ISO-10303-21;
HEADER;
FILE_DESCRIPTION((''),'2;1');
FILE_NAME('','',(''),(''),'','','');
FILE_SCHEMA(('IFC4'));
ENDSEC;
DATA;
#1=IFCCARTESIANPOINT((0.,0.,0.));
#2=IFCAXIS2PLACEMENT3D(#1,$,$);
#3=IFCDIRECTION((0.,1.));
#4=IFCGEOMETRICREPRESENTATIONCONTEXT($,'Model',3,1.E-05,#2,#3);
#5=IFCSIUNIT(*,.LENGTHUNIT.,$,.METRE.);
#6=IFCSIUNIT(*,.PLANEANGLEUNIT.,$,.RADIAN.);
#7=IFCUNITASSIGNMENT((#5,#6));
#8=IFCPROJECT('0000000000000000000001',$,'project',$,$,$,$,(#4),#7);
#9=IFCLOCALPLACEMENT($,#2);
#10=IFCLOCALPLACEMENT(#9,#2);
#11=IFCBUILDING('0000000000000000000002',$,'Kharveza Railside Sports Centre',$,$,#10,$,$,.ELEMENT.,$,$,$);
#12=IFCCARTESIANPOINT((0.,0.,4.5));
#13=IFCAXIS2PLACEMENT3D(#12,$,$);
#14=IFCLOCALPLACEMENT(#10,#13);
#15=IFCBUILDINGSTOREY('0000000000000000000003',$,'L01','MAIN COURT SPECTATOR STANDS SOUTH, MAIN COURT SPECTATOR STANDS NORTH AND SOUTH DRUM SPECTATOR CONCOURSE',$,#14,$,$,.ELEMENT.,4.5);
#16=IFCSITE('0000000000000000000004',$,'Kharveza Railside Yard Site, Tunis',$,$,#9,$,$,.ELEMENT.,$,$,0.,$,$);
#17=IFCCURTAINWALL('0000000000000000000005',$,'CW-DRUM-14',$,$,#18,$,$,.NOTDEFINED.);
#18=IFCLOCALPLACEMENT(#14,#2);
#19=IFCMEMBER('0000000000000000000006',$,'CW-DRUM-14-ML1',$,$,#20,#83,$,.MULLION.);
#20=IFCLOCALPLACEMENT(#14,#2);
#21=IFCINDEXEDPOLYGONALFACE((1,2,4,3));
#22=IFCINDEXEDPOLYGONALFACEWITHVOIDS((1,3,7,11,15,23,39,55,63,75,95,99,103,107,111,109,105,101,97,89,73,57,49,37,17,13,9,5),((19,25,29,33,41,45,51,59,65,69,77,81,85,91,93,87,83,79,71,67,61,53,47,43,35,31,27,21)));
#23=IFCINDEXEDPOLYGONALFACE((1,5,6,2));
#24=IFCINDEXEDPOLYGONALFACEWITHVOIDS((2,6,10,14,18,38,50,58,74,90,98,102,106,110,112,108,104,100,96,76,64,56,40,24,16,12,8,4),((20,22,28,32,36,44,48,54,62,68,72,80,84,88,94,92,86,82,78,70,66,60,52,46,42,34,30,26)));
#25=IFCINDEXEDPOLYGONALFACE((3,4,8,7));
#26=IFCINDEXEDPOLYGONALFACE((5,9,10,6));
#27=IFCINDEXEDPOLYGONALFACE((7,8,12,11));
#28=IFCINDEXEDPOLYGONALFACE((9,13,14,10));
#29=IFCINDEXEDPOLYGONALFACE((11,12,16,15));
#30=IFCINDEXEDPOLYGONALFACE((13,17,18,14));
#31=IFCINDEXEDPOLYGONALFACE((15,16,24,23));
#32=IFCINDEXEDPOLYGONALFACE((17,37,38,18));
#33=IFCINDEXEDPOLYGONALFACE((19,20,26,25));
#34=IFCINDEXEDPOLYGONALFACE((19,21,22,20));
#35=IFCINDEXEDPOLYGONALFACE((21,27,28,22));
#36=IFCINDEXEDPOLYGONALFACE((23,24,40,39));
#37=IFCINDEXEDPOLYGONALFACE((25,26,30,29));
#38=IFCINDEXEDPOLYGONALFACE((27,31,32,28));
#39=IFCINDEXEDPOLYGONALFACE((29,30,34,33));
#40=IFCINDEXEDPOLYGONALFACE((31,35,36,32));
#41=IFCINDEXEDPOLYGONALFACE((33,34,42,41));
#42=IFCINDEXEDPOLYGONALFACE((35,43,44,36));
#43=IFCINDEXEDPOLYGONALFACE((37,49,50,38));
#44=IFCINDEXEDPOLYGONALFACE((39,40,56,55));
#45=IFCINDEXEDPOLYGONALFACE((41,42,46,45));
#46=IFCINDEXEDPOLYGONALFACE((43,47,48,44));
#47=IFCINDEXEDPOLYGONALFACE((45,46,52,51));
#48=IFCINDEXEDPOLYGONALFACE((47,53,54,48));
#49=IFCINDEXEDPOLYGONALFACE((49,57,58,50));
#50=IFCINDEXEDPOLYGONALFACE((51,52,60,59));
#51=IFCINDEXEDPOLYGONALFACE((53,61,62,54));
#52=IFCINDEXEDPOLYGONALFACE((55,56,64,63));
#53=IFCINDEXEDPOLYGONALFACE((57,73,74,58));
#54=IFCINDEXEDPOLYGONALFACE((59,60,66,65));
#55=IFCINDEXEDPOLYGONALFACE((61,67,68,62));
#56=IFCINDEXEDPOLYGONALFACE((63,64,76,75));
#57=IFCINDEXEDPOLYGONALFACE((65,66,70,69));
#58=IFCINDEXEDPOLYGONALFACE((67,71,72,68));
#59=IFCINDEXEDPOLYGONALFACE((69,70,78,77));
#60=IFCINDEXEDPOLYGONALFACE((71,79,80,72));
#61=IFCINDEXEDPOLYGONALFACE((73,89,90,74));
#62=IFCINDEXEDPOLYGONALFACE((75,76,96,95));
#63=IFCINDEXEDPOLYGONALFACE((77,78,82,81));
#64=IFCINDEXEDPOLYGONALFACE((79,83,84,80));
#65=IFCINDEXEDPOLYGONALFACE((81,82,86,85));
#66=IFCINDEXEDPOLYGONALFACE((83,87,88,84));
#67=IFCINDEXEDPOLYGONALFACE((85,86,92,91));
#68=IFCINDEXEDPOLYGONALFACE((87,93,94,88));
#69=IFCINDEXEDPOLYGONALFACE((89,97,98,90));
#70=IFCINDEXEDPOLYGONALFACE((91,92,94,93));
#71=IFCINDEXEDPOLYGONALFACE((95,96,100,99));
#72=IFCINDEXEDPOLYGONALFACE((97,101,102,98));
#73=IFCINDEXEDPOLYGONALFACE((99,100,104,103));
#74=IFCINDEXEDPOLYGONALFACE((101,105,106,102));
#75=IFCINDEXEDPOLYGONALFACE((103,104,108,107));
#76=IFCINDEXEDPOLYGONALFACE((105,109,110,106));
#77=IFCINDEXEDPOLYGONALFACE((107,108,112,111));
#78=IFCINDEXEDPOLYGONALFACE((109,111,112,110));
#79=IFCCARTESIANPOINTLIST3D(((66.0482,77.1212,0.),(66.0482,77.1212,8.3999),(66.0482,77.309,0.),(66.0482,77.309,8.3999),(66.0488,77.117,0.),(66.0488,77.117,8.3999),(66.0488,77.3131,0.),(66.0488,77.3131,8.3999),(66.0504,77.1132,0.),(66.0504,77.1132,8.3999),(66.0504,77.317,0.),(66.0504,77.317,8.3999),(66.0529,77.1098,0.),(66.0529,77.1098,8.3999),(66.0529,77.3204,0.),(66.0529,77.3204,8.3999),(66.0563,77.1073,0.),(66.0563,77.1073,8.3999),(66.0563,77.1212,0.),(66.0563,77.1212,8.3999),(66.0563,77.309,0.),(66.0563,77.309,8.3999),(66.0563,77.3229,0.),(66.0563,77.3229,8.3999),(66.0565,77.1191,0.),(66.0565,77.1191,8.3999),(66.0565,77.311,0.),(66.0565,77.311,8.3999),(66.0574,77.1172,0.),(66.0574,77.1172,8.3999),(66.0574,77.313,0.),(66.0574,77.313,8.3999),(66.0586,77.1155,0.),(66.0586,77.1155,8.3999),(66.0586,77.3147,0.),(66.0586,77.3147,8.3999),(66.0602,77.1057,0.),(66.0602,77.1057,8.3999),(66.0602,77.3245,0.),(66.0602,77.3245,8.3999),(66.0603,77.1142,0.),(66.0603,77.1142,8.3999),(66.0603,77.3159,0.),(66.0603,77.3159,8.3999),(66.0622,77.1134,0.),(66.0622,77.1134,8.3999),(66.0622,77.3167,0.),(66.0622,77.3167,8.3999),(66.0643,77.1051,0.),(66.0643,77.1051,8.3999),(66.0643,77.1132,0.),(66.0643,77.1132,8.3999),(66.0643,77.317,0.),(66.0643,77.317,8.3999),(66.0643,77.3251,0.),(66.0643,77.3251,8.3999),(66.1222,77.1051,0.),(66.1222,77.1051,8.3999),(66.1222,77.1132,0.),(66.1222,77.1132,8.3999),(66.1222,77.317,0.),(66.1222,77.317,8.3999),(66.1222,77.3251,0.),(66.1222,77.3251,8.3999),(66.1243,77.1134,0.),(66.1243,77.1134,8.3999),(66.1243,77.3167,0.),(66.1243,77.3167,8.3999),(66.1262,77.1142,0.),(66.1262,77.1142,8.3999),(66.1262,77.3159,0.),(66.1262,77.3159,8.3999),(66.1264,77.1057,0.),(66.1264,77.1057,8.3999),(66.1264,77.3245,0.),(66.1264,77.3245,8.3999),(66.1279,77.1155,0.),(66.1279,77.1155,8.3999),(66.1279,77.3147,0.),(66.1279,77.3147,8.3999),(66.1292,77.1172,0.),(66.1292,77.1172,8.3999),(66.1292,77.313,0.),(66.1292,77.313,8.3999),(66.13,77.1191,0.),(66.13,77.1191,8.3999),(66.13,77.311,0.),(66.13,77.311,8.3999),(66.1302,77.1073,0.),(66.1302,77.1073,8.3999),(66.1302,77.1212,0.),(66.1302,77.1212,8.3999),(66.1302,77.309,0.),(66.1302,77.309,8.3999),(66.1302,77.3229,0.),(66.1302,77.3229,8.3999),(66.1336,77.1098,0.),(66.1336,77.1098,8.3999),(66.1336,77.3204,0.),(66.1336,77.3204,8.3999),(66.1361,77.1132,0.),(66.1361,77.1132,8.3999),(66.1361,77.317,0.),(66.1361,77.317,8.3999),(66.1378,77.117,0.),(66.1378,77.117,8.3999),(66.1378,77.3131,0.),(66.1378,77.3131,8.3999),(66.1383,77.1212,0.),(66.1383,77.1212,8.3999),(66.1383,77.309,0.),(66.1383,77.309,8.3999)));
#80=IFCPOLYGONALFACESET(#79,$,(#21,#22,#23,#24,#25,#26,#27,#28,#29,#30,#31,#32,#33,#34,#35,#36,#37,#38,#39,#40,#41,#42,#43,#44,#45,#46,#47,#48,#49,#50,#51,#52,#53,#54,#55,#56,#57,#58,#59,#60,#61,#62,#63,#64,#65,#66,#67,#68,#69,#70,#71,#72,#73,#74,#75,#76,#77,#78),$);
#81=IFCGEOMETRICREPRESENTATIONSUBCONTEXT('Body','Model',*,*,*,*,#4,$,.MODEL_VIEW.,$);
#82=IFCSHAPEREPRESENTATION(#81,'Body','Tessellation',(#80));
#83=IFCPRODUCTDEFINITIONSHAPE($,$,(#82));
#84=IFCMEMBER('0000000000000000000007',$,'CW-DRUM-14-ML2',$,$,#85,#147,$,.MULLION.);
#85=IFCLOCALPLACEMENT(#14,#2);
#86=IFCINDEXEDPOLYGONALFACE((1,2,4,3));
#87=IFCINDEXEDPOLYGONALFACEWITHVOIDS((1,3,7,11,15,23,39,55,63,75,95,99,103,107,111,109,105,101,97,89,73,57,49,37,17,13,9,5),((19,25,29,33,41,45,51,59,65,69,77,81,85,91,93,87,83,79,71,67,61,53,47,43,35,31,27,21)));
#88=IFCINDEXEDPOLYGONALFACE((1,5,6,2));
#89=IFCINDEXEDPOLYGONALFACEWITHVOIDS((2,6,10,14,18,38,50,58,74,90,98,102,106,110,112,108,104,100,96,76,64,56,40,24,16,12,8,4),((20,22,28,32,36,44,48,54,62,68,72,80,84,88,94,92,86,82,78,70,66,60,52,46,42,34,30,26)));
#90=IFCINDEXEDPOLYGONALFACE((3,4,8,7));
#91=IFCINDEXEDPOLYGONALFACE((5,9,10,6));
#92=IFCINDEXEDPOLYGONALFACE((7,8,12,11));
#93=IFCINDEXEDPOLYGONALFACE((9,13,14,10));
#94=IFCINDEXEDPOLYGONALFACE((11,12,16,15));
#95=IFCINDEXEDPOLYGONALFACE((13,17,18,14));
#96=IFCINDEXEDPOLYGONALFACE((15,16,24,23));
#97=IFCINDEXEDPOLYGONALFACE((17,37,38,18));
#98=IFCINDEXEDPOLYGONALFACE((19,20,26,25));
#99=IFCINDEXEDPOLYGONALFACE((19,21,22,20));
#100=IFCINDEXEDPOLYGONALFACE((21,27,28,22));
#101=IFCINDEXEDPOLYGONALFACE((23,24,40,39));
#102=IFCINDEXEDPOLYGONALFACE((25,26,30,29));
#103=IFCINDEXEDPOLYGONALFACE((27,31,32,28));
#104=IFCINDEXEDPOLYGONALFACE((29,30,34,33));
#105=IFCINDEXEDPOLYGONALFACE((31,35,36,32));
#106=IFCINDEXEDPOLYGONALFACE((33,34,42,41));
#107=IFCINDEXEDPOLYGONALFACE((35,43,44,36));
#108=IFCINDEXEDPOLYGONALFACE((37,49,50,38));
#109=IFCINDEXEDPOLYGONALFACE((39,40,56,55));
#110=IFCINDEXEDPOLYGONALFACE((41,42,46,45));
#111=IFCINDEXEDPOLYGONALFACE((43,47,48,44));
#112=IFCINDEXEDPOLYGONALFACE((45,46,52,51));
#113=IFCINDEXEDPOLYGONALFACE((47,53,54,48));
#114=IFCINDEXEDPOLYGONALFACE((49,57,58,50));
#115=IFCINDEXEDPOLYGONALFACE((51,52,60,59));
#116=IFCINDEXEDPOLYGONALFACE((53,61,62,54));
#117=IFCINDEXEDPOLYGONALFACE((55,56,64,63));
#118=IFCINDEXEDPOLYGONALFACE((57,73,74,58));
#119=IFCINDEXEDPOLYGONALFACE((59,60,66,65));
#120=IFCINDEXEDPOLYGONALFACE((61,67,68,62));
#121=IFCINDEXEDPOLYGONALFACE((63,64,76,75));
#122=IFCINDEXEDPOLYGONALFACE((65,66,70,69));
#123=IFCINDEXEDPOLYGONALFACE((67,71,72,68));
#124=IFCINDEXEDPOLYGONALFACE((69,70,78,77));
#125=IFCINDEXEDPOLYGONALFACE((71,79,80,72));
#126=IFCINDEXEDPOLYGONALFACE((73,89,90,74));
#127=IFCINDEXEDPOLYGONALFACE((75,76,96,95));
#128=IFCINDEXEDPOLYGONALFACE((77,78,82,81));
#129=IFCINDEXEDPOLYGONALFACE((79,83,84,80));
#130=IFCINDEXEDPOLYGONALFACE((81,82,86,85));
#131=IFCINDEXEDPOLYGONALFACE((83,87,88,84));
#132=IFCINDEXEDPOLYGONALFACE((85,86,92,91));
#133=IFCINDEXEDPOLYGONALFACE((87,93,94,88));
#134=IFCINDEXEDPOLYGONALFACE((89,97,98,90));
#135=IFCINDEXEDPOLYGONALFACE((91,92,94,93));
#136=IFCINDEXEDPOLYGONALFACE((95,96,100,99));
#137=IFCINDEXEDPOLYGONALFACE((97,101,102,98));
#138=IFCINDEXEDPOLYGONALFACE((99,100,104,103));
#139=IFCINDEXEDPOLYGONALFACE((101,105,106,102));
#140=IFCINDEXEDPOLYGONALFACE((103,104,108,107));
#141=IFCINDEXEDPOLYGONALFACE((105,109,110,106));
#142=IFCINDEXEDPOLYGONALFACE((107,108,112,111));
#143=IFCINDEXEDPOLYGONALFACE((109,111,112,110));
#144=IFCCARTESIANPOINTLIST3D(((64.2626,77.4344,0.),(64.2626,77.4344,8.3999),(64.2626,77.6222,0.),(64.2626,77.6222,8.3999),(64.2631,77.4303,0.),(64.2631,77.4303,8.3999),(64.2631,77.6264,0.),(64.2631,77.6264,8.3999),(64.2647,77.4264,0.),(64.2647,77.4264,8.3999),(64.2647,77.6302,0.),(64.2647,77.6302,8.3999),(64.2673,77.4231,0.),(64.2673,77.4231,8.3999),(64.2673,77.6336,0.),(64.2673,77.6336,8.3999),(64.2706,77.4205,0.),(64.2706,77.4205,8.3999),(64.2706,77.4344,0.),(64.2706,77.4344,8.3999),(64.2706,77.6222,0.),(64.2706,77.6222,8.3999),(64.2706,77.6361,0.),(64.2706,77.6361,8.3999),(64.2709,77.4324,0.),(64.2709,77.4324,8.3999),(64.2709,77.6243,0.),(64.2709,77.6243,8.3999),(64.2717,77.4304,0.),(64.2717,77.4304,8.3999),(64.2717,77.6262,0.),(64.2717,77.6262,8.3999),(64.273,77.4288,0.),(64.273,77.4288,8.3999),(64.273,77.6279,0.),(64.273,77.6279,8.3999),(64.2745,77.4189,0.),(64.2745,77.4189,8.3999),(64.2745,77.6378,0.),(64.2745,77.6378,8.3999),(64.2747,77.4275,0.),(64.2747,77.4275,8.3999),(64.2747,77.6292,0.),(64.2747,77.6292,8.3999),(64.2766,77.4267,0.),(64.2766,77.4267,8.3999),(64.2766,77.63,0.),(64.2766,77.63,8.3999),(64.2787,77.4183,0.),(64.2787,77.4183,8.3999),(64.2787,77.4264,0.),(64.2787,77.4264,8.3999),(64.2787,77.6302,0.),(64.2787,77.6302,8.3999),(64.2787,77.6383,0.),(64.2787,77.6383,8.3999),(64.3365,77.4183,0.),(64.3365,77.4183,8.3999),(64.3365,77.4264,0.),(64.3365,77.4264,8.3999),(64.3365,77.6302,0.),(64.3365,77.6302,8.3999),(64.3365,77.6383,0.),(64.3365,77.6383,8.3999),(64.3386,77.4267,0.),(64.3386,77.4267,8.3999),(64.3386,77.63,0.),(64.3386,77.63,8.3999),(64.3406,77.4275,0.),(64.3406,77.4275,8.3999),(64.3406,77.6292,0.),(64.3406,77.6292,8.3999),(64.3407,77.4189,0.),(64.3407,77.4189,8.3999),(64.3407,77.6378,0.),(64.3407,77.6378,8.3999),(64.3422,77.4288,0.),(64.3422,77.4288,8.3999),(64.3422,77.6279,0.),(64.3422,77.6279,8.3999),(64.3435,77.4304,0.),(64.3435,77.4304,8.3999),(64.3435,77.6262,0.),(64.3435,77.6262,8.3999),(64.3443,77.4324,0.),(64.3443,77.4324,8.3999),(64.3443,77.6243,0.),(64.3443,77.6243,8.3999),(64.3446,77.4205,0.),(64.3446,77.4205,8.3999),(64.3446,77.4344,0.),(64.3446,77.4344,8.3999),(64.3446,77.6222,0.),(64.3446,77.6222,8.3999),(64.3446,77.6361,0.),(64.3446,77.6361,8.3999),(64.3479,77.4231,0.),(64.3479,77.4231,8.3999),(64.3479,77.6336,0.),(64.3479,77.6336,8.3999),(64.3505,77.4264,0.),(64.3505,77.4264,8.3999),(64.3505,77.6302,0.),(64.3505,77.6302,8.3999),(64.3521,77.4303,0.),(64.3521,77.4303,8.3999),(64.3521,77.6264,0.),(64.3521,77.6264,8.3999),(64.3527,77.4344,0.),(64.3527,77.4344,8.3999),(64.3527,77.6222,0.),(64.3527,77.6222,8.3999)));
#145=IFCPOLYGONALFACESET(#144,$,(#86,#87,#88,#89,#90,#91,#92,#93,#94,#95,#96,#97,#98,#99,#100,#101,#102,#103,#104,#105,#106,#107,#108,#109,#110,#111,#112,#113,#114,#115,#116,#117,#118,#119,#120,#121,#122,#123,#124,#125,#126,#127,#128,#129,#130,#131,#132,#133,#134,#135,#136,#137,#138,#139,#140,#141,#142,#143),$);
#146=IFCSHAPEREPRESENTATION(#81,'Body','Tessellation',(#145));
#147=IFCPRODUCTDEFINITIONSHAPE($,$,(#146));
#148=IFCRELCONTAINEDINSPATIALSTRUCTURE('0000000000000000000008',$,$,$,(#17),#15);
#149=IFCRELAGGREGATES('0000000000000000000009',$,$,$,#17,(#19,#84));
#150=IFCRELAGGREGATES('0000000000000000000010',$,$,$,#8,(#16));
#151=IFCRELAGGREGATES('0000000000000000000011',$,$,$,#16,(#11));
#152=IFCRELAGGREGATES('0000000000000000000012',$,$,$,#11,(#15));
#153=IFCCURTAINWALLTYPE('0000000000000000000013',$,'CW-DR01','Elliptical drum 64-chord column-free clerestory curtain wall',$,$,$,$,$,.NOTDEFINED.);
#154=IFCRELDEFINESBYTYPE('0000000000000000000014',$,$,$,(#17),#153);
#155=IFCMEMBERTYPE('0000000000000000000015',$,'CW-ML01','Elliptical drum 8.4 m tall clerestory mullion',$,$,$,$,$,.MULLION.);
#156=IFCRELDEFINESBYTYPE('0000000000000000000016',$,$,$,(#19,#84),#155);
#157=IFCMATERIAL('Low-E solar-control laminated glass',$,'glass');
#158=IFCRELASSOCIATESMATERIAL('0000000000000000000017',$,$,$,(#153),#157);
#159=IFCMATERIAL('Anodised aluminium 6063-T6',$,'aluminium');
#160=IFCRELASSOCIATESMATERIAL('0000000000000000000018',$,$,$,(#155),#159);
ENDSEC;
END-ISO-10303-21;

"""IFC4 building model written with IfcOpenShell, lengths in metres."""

from ifc_helpers import new_model, si_unit, direction, frame, origin, origin_2d, place, context, subcontext, project, spatial, hollow_rectangle, extrude, material, material_profile, profile_set, type_object, element, aggregate, save


model = new_model("IFC4")

# Units and contexts
model_context = context("Model", 3, precision=1e-05, world=origin(), true_north=direction((0.0, 1.0)))
body_context = subcontext(model_context, "Body", "Model", "MODEL_VIEW")
ifc_project = project(units=[si_unit("LENGTHUNIT", "METRE"), si_unit("PLANEANGLEUNIT", "RADIAN")], contexts=[model_context])

# Site, building, storey
site_placement = place(None, origin())
site = spatial("IfcSite", under=ifc_project, at=site_placement, Name="Kharveza Railside Yard Site, Tunis", CompositionType="ELEMENT", RefElevation=0.0)
building_placement = place(site_placement, origin())
building = spatial("IfcBuilding", under=site, at=building_placement, Name="Kharveza Railside Sports Centre", CompositionType="ELEMENT")
storey_placement = place(building_placement, frame((0.0, 0.0, 4.5)))
storey = spatial("IfcBuildingStorey", under=building, at=storey_placement, Name="L01", Description="MAIN COURT SPECTATOR STANDS SOUTH, MAIN COURT SPECTATOR STANDS NORTH AND SOUTH DRUM SPECTATOR CONCOURSE", CompositionType="ELEMENT", Elevation=4.5)

# Curtain wall, members
ifc_material_1 = material(Name="Low-E solar-control laminated glass", Category="glass")
curtain_wall_type = type_object("IfcCurtainWallType", Name="CW-DR01", Description="Elliptical drum 64-chord column-free clerestory curtain wall", PredefinedType="NOTDEFINED", material=ifc_material_1)
ifc_material_2 = material(Name="Anodised aluminium 6063-T6", Category="aluminium")
ifc_material_profile_1 = material_profile(ifc_material_2, hollow_rectangle(XDim=0.0901, YDim=0.22, WallThickness=0.0081, InnerFilletRadius=0.0081, OuterFilletRadius=0.0161, at=origin_2d()), Name="RHS 90x220x8.0")
ifc_profile_set_1 = profile_set([ifc_material_profile_1], Name="Anodised aluminium 6063-T6")
member_type_1 = type_object("IfcMemberType", Name="CW-ML01", Description="Elliptical drum 8.4 m tall clerestory mullion", PredefinedType="MULLION", material=ifc_profile_set_1)
curtain_wall_1_placement = place(storey_placement, origin())
curtain_wall_1 = element("IfcCurtainWall", 1, at=curtain_wall_1_placement, inside=storey, type_object=curtain_wall_type, Name="CW-DRUM-14", PredefinedType="NOTDEFINED")
member_1_placement = place(storey_placement, frame((66.0933, 77.2151, 0.0), z_axis=(0.0, 0.0, 1.0), x_axis=(1.0, 0.0, 0.0)))
member_1 = element("IfcMember", 2, at=member_1_placement, type_object=member_type_1, Name="CW-DRUM-14-ML1", PredefinedType="MULLION", context=body_context, shape_type="SweptSolid", body=[
    extrude(hollow_rectangle(XDim=0.0901, YDim=0.22, WallThickness=0.0081, InnerFilletRadius=0.0081, OuterFilletRadius=0.0161, at=origin_2d()), origin(), (0.0, 0.0, 1.0), 8.3999),
])
member_2_placement = place(storey_placement, frame((64.3076, 77.5283, 0.0), z_axis=(0.0, 0.0, 1.0), x_axis=(1.0, 0.0, 0.0)))
member_2 = element("IfcMember", 3, at=member_2_placement, type_object=member_type_1, Name="CW-DRUM-14-ML2", PredefinedType="MULLION", context=body_context, shape_type="SweptSolid", body=[
    extrude(hollow_rectangle(XDim=0.0901, YDim=0.22, WallThickness=0.0081, InnerFilletRadius=0.0081, OuterFilletRadius=0.0161, at=origin_2d()), origin(), (0.0, 0.0, 1.0), 8.3999),
])

aggregate(curtain_wall_1, [member_1, member_2])

save(model, "model.ifc")
